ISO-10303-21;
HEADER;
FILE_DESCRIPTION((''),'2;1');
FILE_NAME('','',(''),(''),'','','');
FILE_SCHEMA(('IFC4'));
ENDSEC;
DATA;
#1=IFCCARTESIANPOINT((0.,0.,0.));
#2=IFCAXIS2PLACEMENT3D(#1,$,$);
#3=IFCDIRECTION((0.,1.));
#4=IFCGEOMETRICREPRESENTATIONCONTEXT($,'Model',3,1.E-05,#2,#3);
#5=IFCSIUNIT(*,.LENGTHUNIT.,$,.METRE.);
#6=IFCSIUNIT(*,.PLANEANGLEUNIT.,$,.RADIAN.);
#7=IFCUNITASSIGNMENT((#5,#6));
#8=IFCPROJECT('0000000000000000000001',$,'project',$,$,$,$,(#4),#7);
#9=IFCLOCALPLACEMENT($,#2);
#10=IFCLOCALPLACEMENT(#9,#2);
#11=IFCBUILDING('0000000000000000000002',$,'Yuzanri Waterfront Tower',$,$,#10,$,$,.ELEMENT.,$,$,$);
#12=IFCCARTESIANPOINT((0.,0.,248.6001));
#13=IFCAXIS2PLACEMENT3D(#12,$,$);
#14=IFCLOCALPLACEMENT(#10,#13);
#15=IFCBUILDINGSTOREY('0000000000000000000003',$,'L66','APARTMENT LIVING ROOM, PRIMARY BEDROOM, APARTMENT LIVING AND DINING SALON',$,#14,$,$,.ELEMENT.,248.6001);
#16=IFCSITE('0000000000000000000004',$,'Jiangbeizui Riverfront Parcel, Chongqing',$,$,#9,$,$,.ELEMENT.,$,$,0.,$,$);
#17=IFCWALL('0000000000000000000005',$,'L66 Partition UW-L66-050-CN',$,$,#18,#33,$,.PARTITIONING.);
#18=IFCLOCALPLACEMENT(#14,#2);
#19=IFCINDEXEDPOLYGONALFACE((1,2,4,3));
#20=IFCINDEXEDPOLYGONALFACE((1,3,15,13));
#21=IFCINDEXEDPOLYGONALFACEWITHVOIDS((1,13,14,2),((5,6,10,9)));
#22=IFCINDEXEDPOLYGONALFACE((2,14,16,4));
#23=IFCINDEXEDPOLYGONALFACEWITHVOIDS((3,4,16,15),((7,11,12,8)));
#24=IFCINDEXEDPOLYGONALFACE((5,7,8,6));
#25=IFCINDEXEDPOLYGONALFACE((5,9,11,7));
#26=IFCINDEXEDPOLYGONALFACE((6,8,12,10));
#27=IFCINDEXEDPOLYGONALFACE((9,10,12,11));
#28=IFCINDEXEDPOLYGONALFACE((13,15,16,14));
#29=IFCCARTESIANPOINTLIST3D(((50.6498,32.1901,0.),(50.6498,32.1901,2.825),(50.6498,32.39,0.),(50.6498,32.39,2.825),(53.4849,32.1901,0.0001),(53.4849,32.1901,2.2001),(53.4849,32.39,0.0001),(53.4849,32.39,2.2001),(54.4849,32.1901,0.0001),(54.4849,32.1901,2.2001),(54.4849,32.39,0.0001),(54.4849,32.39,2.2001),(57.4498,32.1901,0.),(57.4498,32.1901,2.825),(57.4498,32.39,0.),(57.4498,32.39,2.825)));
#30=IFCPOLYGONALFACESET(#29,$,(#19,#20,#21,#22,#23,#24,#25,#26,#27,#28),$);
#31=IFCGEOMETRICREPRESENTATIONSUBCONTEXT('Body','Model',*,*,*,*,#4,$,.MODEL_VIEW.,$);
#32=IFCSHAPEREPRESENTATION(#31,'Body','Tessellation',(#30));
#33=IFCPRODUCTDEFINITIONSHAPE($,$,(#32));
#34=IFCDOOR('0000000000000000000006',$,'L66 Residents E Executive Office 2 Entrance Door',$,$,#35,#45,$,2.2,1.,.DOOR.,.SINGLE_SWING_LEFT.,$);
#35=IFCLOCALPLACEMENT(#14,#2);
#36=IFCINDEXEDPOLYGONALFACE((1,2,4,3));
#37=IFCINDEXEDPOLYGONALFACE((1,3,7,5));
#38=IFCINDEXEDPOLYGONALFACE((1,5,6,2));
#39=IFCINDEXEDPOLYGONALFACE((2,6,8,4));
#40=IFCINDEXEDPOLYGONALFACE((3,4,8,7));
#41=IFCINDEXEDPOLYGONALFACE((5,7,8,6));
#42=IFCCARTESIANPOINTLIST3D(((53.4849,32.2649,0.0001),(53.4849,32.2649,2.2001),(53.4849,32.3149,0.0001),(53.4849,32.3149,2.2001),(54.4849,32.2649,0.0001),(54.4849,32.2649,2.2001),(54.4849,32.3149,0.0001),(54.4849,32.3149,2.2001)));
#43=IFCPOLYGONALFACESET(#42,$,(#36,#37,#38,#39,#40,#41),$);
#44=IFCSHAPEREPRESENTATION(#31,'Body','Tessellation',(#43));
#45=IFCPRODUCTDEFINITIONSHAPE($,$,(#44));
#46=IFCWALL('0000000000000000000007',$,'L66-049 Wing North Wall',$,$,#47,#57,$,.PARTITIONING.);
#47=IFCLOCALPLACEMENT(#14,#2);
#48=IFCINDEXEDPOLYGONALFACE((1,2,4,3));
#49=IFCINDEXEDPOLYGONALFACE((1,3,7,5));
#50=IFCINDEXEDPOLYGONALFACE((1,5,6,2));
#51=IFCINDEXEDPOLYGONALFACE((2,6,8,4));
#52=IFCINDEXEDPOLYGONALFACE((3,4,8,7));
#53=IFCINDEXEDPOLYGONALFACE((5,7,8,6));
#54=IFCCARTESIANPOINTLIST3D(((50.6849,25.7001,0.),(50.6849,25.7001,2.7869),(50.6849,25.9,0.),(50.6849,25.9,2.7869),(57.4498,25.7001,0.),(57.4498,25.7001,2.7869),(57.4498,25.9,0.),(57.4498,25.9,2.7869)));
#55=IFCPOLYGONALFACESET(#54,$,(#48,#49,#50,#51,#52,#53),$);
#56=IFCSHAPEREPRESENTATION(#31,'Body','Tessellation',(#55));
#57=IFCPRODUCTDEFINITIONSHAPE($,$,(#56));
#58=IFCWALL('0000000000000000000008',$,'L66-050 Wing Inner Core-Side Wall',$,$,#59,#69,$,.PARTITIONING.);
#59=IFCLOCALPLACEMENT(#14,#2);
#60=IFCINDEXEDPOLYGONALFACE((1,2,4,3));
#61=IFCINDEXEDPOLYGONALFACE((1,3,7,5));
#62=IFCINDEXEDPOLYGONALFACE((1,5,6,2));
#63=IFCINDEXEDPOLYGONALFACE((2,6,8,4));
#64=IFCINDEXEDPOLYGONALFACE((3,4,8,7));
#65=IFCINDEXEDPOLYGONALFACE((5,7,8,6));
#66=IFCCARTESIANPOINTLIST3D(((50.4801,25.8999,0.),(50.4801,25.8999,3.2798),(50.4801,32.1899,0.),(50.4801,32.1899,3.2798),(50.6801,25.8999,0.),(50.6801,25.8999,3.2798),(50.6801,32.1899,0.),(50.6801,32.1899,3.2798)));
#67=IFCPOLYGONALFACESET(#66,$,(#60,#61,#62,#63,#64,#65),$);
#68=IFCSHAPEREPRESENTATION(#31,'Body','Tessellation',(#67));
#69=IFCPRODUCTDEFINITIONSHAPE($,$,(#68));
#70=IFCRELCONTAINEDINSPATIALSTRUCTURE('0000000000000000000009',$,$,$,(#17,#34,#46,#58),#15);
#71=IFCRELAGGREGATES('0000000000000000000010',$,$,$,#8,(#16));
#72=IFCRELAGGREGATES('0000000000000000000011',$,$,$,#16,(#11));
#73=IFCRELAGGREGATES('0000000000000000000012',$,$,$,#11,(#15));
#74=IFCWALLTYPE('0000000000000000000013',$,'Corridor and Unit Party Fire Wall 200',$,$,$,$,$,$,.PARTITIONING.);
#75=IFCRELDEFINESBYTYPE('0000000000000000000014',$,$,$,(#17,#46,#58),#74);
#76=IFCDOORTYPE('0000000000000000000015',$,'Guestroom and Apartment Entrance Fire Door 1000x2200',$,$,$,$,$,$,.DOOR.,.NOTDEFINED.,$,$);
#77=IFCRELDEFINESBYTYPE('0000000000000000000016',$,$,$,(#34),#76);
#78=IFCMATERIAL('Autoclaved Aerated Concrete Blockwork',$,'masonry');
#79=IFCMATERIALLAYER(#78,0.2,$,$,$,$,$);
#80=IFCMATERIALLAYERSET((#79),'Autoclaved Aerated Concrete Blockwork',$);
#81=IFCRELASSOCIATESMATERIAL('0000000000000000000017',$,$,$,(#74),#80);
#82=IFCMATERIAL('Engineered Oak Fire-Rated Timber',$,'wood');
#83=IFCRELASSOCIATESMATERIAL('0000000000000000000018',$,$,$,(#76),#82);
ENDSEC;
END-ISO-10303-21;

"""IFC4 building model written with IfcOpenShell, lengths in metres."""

from ifc_helpers import new_model, si_unit, direction, frame, frame_2d, origin, place, context, subcontext, project, spatial, rectangle, extrude, source, transform, mapped, material, layer, layer_set, type_object, element, fill, save


model = new_model("IFC4")

# Units and contexts
model_context = context("Model", 3, precision=1e-05, world=origin(), true_north=direction((0.0, 1.0)))
body_context = subcontext(model_context, "Body", "Model", "MODEL_VIEW")
ifc_project = project(units=[si_unit("LENGTHUNIT", "METRE"), si_unit("PLANEANGLEUNIT", "RADIAN")], contexts=[model_context])

# Site, building, storey
site_placement = place(None, origin())
site = spatial("IfcSite", under=ifc_project, at=site_placement, Name="Jiangbeizui Riverfront Parcel, Chongqing", CompositionType="ELEMENT", RefElevation=0.0)
building_placement = place(site_placement, origin())
building = spatial("IfcBuilding", under=site, at=building_placement, Name="Yuzanri Waterfront Tower", CompositionType="ELEMENT")
storey_placement = place(building_placement, frame((0.0, 0.0, 248.6001)))
storey = spatial("IfcBuildingStorey", under=building, at=storey_placement, Name="L66", Description="APARTMENT LIVING ROOM, PRIMARY BEDROOM, APARTMENT LIVING AND DINING SALON", CompositionType="ELEMENT", Elevation=248.6001)

# Wall, opening, door
ifc_material_1 = material(Name="Autoclaved Aerated Concrete Blockwork", Category="masonry")
ifc_layer_1 = layer(ifc_material_1, 0.2)
ifc_layer_set_1 = layer_set([ifc_layer_1], Name="Autoclaved Aerated Concrete Blockwork")
wall_type = type_object("IfcWallType", Name="Corridor and Unit Party Fire Wall 200", PredefinedType="PARTITIONING", material=ifc_layer_set_1)
wall_1_placement = place(storey_placement, frame((50.6499, 32.29, 0.0), z_axis=(0.0, 0.0, 1.0), x_axis=(1.0, 0.0, 0.0)))
wall_1 = element("IfcWall", 1, at=wall_1_placement, inside=storey, type_object=wall_type, Name="L66 Partition UW-L66-050-CN", PredefinedType="PARTITIONING", context=body_context, shape_type="SweptSolid", body=[
    extrude(rectangle(XDim=6.8, YDim=0.2, at=frame_2d((3.3999, 0.0))), origin(), (0.0, 0.0, 1.0), 2.825),
])
opening_placement = place(wall_1_placement, frame((2.835, 0.0, 0.0)))
opening = element("IfcOpeningElement", 2, at=opening_placement, cuts=wall_1, PredefinedType="OPENING", context=body_context, shape_type="SweptSolid", body=[
    extrude(rectangle(XDim=1.0, YDim=2.2, at=frame_2d((0.5, 1.1001))), frame((0.0, 0.1147, 0.0), z_axis=(0.0, -1.0, 0.0), x_axis=(1.0, 0.0, 0.0)), (0.0, 0.0, 1.0), 0.2297),
])
ifc_material_2 = material(Name="Engineered Oak Fire-Rated Timber", Category="wood")
door_type = type_object("IfcDoorType", Name="Guestroom and Apartment Entrance Fire Door 1000x2200", OperationType="NOTDEFINED", PredefinedType="DOOR", material=ifc_material_2)
shared_shape_1 = source(origin(), body_context, "Body", "SweptSolid", [
    extrude(rectangle(XDim=1.0, YDim=2.2, at=frame_2d((0.5, 1.1001))), frame((0.0, 0.0249, 0.0), z_axis=(0.0, -1.0, 0.0), x_axis=(1.0, 0.0, 0.0)), (0.0, 0.0, 1.0), 0.05),
])
door_placement = place(opening_placement, origin())
door = element("IfcDoor", 3, at=door_placement, inside=storey, type_object=door_type, Name="L66 Residents E Executive Office 2 Entrance Door", OperationType="SINGLE_SWING_LEFT", OverallHeight=2.2, OverallWidth=1.0, PredefinedType="DOOR", context=body_context, shape_type="MappedRepresentation", body=[
    mapped(shared_shape_1, transform((0.0, 0.0, 0.0), scale=1.0)),
])
fill(opening, door)

# Walls
shared_shape_2 = source(origin(), body_context, "Body", "SweptSolid", [
    extrude(rectangle(XDim=6.7649, YDim=0.2, at=frame_2d((3.3823, 0.0))), origin(), (0.0, 0.0, 1.0), 2.7869),
])
wall_2_placement = place(storey_placement, frame((50.6851, 25.8, 0.0), z_axis=(0.0, 0.0, 1.0), x_axis=(1.0, 0.0, 0.0)))
element("IfcWall", 4, at=wall_2_placement, inside=storey, type_object=wall_type, Name="L66-049 Wing North Wall", PredefinedType="PARTITIONING", context=body_context, shape_type="MappedRepresentation", body=[
    mapped(shared_shape_2, transform((0.0, 0.0, 0.0), scale=1.0)),
])
shared_shape_3 = source(origin(), body_context, "Body", "SweptSolid", [
    extrude(rectangle(XDim=6.29, YDim=0.2, at=frame_2d((3.145, 0.0))), origin(), (0.0, 0.0, 1.0), 3.2798),
])
wall_3_placement = place(storey_placement, frame((50.5801, 25.8999, 0.0), z_axis=(0.0, 0.0, 1.0), x_axis=(0.0, 1.0, 0.0)))
element("IfcWall", 5, at=wall_3_placement, inside=storey, type_object=wall_type, Name="L66-050 Wing Inner Core-Side Wall", PredefinedType="PARTITIONING", context=body_context, shape_type="MappedRepresentation", body=[
    mapped(shared_shape_3, transform((0.0, 0.0, 0.0), scale=1.0)),
])

save(model, "model.ifc")
